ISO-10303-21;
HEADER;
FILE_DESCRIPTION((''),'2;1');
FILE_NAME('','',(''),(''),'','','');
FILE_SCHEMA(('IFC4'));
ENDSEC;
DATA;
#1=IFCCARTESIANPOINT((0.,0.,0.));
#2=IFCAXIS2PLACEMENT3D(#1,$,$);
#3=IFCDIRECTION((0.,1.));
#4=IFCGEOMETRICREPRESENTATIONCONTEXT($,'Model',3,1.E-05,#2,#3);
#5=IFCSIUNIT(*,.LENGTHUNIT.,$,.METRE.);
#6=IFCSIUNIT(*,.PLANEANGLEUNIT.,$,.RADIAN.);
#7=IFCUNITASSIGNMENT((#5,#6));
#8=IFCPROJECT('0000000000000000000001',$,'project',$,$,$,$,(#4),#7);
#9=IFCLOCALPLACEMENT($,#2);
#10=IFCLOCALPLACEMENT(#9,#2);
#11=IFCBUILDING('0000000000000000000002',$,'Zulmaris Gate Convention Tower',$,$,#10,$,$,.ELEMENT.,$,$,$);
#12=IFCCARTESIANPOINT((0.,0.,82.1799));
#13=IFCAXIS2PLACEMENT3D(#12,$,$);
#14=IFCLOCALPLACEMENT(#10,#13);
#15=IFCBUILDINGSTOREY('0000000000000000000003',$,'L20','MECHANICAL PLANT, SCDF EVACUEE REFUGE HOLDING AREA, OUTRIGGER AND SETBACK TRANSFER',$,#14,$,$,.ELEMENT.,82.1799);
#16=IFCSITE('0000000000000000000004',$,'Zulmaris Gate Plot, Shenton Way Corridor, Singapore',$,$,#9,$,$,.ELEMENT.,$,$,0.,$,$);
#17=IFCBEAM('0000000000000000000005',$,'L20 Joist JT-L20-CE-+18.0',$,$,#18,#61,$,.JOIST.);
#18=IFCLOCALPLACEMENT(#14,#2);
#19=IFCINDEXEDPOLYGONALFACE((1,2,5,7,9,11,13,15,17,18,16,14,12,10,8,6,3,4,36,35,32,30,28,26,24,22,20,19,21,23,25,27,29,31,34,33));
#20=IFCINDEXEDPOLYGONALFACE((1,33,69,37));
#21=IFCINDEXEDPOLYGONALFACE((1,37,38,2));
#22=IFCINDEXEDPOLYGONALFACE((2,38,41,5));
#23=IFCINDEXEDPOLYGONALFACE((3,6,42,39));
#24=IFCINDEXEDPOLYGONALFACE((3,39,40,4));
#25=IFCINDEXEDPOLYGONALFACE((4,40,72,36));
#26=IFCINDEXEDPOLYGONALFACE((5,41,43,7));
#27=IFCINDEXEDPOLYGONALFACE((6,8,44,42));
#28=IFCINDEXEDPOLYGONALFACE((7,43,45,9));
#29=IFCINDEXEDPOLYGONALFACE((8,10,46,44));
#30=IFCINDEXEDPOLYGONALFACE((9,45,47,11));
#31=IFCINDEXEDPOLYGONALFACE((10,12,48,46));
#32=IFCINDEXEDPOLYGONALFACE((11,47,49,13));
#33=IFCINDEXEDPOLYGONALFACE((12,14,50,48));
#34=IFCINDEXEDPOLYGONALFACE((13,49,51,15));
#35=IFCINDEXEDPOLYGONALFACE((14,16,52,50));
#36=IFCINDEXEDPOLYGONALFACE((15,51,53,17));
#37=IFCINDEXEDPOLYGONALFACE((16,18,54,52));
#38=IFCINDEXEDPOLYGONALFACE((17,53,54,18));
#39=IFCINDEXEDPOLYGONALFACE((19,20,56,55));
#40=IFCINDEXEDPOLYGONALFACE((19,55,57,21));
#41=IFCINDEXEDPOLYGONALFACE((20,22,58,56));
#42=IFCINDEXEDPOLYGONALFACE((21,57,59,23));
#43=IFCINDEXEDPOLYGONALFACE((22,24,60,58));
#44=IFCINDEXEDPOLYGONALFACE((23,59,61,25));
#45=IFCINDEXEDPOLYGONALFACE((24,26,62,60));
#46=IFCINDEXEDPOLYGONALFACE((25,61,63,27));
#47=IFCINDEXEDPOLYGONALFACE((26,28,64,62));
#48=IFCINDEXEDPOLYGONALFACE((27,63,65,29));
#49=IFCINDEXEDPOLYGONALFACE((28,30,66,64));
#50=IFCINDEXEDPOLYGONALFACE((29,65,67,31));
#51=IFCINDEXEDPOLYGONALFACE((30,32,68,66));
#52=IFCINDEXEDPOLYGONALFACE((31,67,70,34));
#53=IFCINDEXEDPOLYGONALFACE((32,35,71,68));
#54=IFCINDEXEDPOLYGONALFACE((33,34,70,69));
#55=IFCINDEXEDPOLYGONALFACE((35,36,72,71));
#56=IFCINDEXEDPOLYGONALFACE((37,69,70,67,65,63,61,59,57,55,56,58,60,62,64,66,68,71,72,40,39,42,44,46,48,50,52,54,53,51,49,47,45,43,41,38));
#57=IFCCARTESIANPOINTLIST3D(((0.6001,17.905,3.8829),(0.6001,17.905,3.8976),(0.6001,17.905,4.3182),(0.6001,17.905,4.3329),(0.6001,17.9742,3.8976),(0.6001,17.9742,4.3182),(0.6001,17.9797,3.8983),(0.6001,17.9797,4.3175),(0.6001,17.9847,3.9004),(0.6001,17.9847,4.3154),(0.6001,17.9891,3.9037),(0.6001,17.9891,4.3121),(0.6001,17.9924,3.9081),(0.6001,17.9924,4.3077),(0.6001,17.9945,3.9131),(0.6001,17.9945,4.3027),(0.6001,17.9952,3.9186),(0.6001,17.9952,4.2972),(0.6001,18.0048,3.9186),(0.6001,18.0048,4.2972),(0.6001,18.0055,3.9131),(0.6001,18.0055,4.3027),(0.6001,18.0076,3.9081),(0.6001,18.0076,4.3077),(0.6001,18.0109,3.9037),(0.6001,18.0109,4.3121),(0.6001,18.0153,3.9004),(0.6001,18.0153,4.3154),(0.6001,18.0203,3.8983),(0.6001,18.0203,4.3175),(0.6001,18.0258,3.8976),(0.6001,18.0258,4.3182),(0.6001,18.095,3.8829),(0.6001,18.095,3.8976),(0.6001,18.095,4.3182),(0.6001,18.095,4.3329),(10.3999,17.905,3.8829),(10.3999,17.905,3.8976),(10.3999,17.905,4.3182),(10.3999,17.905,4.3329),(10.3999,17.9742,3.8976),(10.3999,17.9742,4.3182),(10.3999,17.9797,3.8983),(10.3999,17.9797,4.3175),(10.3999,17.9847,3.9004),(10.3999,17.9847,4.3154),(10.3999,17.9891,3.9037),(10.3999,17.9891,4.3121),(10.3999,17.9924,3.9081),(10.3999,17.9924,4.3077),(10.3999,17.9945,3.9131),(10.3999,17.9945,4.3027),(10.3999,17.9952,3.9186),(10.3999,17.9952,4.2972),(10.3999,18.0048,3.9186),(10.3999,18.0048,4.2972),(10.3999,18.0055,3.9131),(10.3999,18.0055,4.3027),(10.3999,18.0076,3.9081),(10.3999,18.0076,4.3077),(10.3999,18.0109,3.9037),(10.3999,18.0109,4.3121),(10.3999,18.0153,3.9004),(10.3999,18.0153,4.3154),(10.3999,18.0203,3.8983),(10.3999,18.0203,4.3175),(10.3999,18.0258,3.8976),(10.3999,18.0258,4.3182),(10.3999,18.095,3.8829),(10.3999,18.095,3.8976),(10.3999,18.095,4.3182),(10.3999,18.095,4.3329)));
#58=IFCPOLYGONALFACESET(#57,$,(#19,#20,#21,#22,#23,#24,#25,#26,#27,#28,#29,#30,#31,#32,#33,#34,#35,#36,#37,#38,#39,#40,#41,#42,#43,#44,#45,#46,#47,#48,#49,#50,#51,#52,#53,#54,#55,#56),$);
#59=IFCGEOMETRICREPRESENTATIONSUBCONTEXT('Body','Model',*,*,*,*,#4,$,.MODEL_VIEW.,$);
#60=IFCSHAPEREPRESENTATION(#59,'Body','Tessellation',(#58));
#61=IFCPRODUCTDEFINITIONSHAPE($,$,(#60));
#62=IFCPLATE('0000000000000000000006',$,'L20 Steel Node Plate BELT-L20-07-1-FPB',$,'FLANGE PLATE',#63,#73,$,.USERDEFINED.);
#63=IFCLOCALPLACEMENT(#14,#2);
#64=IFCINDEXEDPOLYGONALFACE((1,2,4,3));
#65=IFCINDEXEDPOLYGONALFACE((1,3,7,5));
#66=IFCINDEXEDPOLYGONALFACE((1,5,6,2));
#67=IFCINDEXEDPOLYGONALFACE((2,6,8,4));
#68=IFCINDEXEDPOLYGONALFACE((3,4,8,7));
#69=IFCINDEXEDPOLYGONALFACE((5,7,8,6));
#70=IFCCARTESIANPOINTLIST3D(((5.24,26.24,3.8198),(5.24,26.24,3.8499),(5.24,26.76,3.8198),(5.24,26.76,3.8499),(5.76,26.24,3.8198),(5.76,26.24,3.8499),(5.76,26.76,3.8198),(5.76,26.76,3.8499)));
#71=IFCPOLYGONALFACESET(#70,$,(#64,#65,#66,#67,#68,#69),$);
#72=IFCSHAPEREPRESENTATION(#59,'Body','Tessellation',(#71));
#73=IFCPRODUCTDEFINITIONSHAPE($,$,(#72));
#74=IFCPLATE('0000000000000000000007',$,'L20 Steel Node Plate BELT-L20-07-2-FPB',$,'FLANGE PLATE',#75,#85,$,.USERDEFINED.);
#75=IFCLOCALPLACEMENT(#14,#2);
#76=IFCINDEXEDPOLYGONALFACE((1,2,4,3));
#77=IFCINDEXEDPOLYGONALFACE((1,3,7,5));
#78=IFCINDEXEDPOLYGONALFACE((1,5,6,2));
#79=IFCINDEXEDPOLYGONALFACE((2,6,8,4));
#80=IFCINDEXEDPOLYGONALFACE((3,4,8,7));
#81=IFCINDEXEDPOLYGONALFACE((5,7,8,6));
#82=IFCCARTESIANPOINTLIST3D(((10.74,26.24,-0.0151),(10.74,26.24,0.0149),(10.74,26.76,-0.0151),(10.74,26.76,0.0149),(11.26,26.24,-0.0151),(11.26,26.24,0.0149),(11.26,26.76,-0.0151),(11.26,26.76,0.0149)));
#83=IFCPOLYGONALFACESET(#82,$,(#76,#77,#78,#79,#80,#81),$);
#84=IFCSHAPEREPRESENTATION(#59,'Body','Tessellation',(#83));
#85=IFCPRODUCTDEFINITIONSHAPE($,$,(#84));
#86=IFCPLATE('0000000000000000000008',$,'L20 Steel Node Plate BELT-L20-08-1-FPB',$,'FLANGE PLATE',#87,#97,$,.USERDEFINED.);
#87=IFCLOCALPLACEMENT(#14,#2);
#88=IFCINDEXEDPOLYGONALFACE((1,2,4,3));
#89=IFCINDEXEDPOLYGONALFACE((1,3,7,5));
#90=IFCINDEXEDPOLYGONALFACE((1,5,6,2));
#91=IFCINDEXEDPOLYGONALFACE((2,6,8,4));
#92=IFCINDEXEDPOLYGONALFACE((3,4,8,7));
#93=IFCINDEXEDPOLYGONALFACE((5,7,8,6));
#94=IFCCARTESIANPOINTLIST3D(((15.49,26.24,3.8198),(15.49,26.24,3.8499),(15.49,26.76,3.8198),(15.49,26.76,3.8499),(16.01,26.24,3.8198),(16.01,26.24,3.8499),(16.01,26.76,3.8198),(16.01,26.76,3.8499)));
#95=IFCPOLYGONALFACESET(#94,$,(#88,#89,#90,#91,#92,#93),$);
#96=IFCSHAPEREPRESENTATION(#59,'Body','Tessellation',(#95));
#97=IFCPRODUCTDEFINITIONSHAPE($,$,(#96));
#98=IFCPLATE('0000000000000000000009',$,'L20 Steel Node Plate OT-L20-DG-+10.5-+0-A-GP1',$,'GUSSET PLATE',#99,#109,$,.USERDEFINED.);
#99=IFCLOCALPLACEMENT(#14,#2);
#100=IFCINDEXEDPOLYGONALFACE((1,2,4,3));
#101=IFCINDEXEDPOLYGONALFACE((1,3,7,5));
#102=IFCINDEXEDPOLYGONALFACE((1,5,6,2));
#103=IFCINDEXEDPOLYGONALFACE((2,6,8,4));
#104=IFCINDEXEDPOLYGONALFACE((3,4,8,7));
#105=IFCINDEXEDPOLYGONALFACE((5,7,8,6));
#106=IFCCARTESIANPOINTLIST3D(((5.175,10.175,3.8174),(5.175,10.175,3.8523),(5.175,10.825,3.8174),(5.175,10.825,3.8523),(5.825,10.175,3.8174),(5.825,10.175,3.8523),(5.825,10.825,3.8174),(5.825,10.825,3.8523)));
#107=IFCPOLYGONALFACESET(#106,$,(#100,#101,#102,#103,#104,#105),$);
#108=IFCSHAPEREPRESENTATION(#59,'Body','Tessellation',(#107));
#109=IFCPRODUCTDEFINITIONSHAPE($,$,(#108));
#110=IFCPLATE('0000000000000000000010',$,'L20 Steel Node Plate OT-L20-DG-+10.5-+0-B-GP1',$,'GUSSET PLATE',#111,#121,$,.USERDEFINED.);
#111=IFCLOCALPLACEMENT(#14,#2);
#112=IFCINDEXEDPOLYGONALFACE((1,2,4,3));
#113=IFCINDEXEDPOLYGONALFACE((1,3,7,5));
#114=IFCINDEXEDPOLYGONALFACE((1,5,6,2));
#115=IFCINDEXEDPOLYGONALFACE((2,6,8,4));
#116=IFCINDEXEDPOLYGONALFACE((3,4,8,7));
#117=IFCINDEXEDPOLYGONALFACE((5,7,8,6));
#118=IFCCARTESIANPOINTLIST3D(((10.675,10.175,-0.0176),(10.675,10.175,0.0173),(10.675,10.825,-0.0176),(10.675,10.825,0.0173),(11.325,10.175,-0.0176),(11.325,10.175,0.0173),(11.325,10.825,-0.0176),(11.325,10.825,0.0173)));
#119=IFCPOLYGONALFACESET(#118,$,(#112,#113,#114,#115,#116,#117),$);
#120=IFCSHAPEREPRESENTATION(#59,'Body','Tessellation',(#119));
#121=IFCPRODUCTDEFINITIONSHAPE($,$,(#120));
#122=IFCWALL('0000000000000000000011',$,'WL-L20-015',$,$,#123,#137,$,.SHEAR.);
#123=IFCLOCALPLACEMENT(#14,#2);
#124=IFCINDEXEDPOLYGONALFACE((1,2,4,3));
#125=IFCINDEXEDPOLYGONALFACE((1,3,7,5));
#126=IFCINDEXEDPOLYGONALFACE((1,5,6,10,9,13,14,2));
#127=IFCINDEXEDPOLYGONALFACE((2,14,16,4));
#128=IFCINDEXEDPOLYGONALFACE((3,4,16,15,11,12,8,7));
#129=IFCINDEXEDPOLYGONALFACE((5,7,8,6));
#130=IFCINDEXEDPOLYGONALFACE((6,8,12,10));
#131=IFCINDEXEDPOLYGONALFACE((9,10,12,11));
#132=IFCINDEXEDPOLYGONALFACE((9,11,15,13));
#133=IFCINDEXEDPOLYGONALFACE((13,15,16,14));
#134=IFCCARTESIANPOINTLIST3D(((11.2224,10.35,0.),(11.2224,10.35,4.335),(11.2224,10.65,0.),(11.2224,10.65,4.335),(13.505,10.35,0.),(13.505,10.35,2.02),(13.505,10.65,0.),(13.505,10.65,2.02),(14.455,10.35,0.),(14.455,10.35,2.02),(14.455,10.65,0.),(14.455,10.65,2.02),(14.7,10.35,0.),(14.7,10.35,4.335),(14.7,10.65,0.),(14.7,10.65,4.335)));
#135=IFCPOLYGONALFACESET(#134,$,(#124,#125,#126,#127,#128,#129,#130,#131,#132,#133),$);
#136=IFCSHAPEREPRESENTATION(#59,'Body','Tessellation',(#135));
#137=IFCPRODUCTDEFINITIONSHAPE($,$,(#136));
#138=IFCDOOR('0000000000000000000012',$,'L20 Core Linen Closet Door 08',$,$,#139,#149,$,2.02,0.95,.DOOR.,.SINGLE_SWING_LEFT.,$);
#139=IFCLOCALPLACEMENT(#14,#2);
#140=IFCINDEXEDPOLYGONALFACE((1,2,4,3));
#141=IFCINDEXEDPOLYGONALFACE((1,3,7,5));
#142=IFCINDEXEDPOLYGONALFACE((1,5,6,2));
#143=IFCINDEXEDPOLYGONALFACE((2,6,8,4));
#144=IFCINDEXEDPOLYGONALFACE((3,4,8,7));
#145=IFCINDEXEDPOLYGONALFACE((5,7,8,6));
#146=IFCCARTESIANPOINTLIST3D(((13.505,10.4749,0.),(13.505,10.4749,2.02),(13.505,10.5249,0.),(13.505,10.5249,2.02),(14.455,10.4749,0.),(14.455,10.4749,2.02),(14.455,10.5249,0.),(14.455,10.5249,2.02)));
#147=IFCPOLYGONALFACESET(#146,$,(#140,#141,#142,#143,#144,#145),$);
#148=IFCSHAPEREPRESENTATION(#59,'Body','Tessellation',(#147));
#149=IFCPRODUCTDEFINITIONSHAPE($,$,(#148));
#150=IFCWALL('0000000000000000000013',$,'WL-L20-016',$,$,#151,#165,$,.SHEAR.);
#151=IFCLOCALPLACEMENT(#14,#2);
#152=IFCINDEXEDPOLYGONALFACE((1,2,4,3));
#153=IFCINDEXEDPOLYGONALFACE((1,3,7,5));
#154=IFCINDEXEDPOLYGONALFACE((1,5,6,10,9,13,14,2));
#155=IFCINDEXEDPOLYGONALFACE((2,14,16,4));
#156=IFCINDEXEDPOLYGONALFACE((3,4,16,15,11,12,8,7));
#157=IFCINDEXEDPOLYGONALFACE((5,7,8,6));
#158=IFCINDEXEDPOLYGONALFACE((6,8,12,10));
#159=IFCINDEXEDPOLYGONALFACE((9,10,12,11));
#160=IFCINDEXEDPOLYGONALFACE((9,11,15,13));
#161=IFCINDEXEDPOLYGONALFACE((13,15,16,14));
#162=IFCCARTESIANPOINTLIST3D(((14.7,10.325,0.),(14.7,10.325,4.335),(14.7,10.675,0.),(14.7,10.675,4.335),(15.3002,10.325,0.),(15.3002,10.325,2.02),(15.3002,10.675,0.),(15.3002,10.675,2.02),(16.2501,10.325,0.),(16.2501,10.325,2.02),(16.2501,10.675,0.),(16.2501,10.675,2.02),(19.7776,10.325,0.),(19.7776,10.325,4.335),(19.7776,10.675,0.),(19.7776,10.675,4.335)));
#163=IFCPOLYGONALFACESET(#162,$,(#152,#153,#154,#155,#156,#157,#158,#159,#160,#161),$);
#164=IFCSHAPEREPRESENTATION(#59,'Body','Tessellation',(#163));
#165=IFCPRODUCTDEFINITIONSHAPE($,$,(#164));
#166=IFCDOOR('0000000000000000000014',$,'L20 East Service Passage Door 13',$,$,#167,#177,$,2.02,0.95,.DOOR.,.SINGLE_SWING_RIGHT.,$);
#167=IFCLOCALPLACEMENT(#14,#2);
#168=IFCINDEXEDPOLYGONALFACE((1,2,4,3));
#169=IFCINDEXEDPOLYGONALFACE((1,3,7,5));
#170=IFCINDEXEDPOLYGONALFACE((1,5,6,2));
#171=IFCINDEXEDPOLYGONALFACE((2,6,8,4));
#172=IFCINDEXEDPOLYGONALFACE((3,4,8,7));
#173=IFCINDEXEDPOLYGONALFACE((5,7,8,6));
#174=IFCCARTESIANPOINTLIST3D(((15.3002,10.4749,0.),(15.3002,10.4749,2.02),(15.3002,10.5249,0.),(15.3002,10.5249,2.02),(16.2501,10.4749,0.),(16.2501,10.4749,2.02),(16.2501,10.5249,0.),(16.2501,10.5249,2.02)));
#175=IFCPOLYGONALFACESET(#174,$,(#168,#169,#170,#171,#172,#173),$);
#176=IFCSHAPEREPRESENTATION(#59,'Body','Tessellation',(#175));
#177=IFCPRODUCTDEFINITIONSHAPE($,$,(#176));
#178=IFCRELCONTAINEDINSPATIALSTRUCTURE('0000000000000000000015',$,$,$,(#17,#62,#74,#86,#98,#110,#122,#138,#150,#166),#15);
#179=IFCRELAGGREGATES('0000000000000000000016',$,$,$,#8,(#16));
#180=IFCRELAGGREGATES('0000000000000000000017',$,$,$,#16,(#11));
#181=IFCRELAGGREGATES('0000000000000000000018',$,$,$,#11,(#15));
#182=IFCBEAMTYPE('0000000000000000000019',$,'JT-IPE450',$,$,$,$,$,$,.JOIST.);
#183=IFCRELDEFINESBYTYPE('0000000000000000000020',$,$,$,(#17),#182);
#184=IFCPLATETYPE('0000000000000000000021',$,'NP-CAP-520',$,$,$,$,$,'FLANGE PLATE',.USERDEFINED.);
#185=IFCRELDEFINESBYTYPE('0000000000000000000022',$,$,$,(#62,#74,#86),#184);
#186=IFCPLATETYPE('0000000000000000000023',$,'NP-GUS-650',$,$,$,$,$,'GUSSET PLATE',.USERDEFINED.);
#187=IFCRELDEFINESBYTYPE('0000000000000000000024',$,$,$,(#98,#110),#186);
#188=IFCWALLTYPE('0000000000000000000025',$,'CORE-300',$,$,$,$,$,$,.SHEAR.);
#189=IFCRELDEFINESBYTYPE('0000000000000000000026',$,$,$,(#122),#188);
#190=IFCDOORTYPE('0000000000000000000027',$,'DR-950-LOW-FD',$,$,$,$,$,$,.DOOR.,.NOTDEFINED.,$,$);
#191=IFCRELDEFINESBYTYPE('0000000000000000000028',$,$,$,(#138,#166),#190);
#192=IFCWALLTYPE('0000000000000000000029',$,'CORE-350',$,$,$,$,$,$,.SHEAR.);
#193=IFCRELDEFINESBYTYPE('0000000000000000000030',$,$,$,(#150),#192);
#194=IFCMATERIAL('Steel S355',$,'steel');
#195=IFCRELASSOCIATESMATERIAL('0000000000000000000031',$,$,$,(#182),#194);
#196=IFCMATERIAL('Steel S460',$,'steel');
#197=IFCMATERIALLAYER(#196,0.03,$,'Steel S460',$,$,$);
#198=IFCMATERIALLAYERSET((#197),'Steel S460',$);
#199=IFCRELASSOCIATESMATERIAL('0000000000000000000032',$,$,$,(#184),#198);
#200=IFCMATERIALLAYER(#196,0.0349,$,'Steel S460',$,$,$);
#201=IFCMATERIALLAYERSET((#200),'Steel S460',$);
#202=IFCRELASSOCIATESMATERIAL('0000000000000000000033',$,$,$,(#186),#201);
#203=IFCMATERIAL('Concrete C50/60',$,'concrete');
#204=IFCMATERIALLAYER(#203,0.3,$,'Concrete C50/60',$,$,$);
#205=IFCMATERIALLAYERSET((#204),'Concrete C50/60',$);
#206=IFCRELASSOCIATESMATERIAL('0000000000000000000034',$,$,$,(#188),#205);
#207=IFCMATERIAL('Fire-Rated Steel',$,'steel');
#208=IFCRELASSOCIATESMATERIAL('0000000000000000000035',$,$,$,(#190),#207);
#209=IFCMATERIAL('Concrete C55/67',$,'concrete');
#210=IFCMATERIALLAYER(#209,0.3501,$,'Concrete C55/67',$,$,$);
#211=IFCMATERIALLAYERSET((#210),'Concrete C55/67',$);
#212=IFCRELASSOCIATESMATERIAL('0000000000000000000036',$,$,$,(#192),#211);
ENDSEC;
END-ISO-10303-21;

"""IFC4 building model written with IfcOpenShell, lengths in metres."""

from ifc_helpers import new_model, si_unit, direction, frame, frame_2d, origin, origin_2d, place, context, subcontext, project, spatial, rectangle, i_section, extrude, material, layer, layer_set, material_profile, profile_set, type_object, element, fill, save


model = new_model("IFC4")

# Units and contexts
model_context = context("Model", 3, precision=1e-05, world=origin(), true_north=direction((0.0, 1.0)))
body_context = subcontext(model_context, "Body", "Model", "MODEL_VIEW")
ifc_project = project(units=[si_unit("LENGTHUNIT", "METRE"), si_unit("PLANEANGLEUNIT", "RADIAN")], contexts=[model_context])

# Site, building, storey
site_placement = place(None, origin())
site = spatial("IfcSite", under=ifc_project, at=site_placement, Name="Zulmaris Gate Plot, Shenton Way Corridor, Singapore", CompositionType="ELEMENT", RefElevation=0.0)
building_placement = place(site_placement, origin())
building = spatial("IfcBuilding", under=site, at=building_placement, Name="Zulmaris Gate Convention Tower", CompositionType="ELEMENT")
storey_placement = place(building_placement, frame((0.0, 0.0, 82.1799)))
storey = spatial("IfcBuildingStorey", under=building, at=storey_placement, Name="L20", Description="MECHANICAL PLANT, SCDF EVACUEE REFUGE HOLDING AREA, OUTRIGGER AND SETBACK TRANSFER", CompositionType="ELEMENT", Elevation=82.1799)

# Shared definitions
ifc_material_1 = material(Name="Steel S460", Category="steel")

# Beam
ifc_material_2 = material(Name="Steel S355", Category="steel")
ifc_material_profile_1 = material_profile(ifc_material_2, i_section(OverallWidth=0.1899, OverallDepth=0.45, WebThickness=0.0095, FlangeThickness=0.0146, FilletRadius=0.021, at=origin_2d()), Name="IPE 450")
ifc_profile_set_1 = profile_set([ifc_material_profile_1], Name="Steel S355")
beam_type_1 = type_object("IfcBeamType", Name="JT-IPE450", PredefinedType="JOIST", material=ifc_profile_set_1)
for number, where, z_axis, x_axis, name in (
    (1, (0.6001, 18.0, 4.1079), (1.0, 0.0, 0.0), (0.0, 1.0, 0.0), "L20 Joist JT-L20-CE-+18.0"),
):
    element("IfcBeam", number, at=place(storey_placement, frame(where, z_axis=z_axis, x_axis=x_axis)), inside=storey, type_object=beam_type_1, Name=name, PredefinedType="JOIST", context=body_context, shape_type="SweptSolid", body=[
        extrude(i_section(OverallWidth=0.1899, OverallDepth=0.45, WebThickness=0.0095, FlangeThickness=0.0146, FilletRadius=0.021, at=origin_2d()), origin(), (0.0, 0.0, 1.0), 9.7998),
    ])

# Plates
ifc_layer_1 = layer(ifc_material_1, 0.03, Name="Steel S460")
ifc_layer_set_1 = layer_set([ifc_layer_1], Name="Steel S460")
plate_type_1 = type_object("IfcPlateType", Name="NP-CAP-520", ElementType="FLANGE PLATE", PredefinedType="USERDEFINED", material=ifc_layer_set_1)
for number, where, z_axis, x_axis, name in (
    (2, (5.5, 26.5, 3.8198), (0.0, 0.0, 1.0), (1.0, 0.0, 0.0), "L20 Steel Node Plate BELT-L20-07-1-FPB"),
    (3, (11.0, 26.5, -0.0151), (0.0, 0.0, 1.0), (1.0, 0.0, 0.0), "L20 Steel Node Plate BELT-L20-07-2-FPB"),
    (4, (15.75, 26.5, 3.8198), (0.0, 0.0, 1.0), (1.0, 0.0, 0.0), "L20 Steel Node Plate BELT-L20-08-1-FPB"),
):
    element("IfcPlate", number, at=place(storey_placement, frame(where, z_axis=z_axis, x_axis=x_axis)), inside=storey, type_object=plate_type_1, Name=name, ObjectType="FLANGE PLATE", PredefinedType="USERDEFINED", context=body_context, shape_type="SweptSolid", body=[
        extrude(rectangle(XDim=0.52, YDim=0.52, at=origin_2d()), origin(), (0.0, 0.0, 1.0), 0.03),
    ])
ifc_layer_2 = layer(ifc_material_1, 0.0349, Name="Steel S460")
ifc_layer_set_2 = layer_set([ifc_layer_2], Name="Steel S460")
plate_type_2 = type_object("IfcPlateType", Name="NP-GUS-650", ElementType="GUSSET PLATE", PredefinedType="USERDEFINED", material=ifc_layer_set_2)
for number, where, z_axis, x_axis, name in (
    (5, (5.5, 10.5, 3.8174), (0.0, 0.0, 1.0), (1.0, 0.0, 0.0), "L20 Steel Node Plate OT-L20-DG-+10.5-+0-A-GP1"),
    (6, (11.0, 10.5, -0.0176), (0.0, 0.0, 1.0), (1.0, 0.0, 0.0), "L20 Steel Node Plate OT-L20-DG-+10.5-+0-B-GP1"),
):
    element("IfcPlate", number, at=place(storey_placement, frame(where, z_axis=z_axis, x_axis=x_axis)), inside=storey, type_object=plate_type_2, Name=name, ObjectType="GUSSET PLATE", PredefinedType="USERDEFINED", context=body_context, shape_type="SweptSolid", body=[
        extrude(rectangle(XDim=0.6499, YDim=0.6499, at=origin_2d()), origin(), (0.0, 0.0, 1.0), 0.0349),
    ])

# Walls, openings, doors
ifc_material_3 = material(Name="Concrete C50/60", Category="concrete")
ifc_layer_3 = layer(ifc_material_3, 0.3, Name="Concrete C50/60")
ifc_layer_set_3 = layer_set([ifc_layer_3], Name="Concrete C50/60")
wall_type_1 = type_object("IfcWallType", Name="CORE-300", PredefinedType="SHEAR", material=ifc_layer_set_3)
wall_1_placement = place(storey_placement, frame((11.2224, 10.5, 0.0), z_axis=(0.0, 0.0, 1.0), x_axis=(1.0, 0.0, 0.0)))
wall_1 = element("IfcWall", 7, at=wall_1_placement, inside=storey, type_object=wall_type_1, Name="WL-L20-015", PredefinedType="SHEAR", context=body_context, shape_type="SweptSolid", body=[
    extrude(rectangle(XDim=3.4775, YDim=0.3, at=frame_2d((1.7388, 0.0))), origin(), (0.0, 0.0, 1.0), 4.335),
])
opening_1_placement = place(wall_1_placement, frame((2.2825, 0.0, 0.0)))
opening_1 = element("IfcOpeningElement", 8, at=opening_1_placement, cuts=wall_1, PredefinedType="OPENING", context=body_context, shape_type="SweptSolid", body=[
    extrude(rectangle(XDim=0.95, YDim=2.02, at=frame_2d((0.4751, 1.01))), frame((0.0, 0.1602, 0.0), z_axis=(0.0, -1.0, 0.0), x_axis=(1.0, 0.0, 0.0)), (0.0, 0.0, 1.0), 0.3201),
])
ifc_material_4 = material(Name="Fire-Rated Steel", Category="steel")
door_type = type_object("IfcDoorType", Name="DR-950-LOW-FD", OperationType="NOTDEFINED", PredefinedType="DOOR", material=ifc_material_4)
door_1_placement = place(opening_1_placement, origin())
door_1 = element("IfcDoor", 9, at=door_1_placement, inside=storey, type_object=door_type, Name="L20 Core Linen Closet Door 08", OperationType="SINGLE_SWING_LEFT", OverallHeight=2.02, OverallWidth=0.95, PredefinedType="DOOR", context=body_context, shape_type="SweptSolid", body=[
    extrude(rectangle(XDim=0.95, YDim=2.02, at=frame_2d((0.4751, 1.01))), frame((0.0, 0.0249, 0.0), z_axis=(0.0, -1.0, 0.0), x_axis=(1.0, 0.0, 0.0)), (0.0, 0.0, 1.0), 0.05),
])
fill(opening_1, door_1)
ifc_material_5 = material(Name="Concrete C55/67", Category="concrete")
ifc_layer_4 = layer(ifc_material_5, 0.3501, Name="Concrete C55/67")
ifc_layer_set_4 = layer_set([ifc_layer_4], Name="Concrete C55/67")
wall_type_2 = type_object("IfcWallType", Name="CORE-350", PredefinedType="SHEAR", material=ifc_layer_set_4)
wall_2_placement = place(storey_placement, frame((14.7, 10.5, 0.0), z_axis=(0.0, 0.0, 1.0), x_axis=(1.0, 0.0, 0.0)))
wall_2 = element("IfcWall", 10, at=wall_2_placement, inside=storey, type_object=wall_type_2, Name="WL-L20-016", PredefinedType="SHEAR", context=body_context, shape_type="SweptSolid", body=[
    extrude(rectangle(XDim=5.0776, YDim=0.3501, at=frame_2d((2.5388, 0.0))), origin(), (0.0, 0.0, 1.0), 4.335),
])
opening_2_placement = place(wall_2_placement, frame((0.6001, 0.0, 0.0)))
opening_2 = element("IfcOpeningElement", 11, at=opening_2_placement, cuts=wall_2, PredefinedType="OPENING", context=body_context, shape_type="SweptSolid", body=[
    extrude(rectangle(XDim=0.95, YDim=2.02, at=frame_2d((0.4751, 1.01))), frame((0.0, 0.1851, 0.0), z_axis=(0.0, -1.0, 0.0), x_axis=(1.0, 0.0, 0.0)), (0.0, 0.0, 1.0), 0.3701),
])
door_2_placement = place(opening_2_placement, origin())
door_2 = element("IfcDoor", 12, at=door_2_placement, inside=storey, type_object=door_type, Name="L20 East Service Passage Door 13", OperationType="SINGLE_SWING_RIGHT", OverallHeight=2.02, OverallWidth=0.95, PredefinedType="DOOR", context=body_context, shape_type="SweptSolid", body=[
    extrude(rectangle(XDim=0.95, YDim=2.02, at=frame_2d((0.4751, 1.01))), frame((0.0, 0.0249, 0.0), z_axis=(0.0, -1.0, 0.0), x_axis=(1.0, 0.0, 0.0)), (0.0, 0.0, 1.0), 0.05),
])
fill(opening_2, door_2)

save(model, "model.ifc")
